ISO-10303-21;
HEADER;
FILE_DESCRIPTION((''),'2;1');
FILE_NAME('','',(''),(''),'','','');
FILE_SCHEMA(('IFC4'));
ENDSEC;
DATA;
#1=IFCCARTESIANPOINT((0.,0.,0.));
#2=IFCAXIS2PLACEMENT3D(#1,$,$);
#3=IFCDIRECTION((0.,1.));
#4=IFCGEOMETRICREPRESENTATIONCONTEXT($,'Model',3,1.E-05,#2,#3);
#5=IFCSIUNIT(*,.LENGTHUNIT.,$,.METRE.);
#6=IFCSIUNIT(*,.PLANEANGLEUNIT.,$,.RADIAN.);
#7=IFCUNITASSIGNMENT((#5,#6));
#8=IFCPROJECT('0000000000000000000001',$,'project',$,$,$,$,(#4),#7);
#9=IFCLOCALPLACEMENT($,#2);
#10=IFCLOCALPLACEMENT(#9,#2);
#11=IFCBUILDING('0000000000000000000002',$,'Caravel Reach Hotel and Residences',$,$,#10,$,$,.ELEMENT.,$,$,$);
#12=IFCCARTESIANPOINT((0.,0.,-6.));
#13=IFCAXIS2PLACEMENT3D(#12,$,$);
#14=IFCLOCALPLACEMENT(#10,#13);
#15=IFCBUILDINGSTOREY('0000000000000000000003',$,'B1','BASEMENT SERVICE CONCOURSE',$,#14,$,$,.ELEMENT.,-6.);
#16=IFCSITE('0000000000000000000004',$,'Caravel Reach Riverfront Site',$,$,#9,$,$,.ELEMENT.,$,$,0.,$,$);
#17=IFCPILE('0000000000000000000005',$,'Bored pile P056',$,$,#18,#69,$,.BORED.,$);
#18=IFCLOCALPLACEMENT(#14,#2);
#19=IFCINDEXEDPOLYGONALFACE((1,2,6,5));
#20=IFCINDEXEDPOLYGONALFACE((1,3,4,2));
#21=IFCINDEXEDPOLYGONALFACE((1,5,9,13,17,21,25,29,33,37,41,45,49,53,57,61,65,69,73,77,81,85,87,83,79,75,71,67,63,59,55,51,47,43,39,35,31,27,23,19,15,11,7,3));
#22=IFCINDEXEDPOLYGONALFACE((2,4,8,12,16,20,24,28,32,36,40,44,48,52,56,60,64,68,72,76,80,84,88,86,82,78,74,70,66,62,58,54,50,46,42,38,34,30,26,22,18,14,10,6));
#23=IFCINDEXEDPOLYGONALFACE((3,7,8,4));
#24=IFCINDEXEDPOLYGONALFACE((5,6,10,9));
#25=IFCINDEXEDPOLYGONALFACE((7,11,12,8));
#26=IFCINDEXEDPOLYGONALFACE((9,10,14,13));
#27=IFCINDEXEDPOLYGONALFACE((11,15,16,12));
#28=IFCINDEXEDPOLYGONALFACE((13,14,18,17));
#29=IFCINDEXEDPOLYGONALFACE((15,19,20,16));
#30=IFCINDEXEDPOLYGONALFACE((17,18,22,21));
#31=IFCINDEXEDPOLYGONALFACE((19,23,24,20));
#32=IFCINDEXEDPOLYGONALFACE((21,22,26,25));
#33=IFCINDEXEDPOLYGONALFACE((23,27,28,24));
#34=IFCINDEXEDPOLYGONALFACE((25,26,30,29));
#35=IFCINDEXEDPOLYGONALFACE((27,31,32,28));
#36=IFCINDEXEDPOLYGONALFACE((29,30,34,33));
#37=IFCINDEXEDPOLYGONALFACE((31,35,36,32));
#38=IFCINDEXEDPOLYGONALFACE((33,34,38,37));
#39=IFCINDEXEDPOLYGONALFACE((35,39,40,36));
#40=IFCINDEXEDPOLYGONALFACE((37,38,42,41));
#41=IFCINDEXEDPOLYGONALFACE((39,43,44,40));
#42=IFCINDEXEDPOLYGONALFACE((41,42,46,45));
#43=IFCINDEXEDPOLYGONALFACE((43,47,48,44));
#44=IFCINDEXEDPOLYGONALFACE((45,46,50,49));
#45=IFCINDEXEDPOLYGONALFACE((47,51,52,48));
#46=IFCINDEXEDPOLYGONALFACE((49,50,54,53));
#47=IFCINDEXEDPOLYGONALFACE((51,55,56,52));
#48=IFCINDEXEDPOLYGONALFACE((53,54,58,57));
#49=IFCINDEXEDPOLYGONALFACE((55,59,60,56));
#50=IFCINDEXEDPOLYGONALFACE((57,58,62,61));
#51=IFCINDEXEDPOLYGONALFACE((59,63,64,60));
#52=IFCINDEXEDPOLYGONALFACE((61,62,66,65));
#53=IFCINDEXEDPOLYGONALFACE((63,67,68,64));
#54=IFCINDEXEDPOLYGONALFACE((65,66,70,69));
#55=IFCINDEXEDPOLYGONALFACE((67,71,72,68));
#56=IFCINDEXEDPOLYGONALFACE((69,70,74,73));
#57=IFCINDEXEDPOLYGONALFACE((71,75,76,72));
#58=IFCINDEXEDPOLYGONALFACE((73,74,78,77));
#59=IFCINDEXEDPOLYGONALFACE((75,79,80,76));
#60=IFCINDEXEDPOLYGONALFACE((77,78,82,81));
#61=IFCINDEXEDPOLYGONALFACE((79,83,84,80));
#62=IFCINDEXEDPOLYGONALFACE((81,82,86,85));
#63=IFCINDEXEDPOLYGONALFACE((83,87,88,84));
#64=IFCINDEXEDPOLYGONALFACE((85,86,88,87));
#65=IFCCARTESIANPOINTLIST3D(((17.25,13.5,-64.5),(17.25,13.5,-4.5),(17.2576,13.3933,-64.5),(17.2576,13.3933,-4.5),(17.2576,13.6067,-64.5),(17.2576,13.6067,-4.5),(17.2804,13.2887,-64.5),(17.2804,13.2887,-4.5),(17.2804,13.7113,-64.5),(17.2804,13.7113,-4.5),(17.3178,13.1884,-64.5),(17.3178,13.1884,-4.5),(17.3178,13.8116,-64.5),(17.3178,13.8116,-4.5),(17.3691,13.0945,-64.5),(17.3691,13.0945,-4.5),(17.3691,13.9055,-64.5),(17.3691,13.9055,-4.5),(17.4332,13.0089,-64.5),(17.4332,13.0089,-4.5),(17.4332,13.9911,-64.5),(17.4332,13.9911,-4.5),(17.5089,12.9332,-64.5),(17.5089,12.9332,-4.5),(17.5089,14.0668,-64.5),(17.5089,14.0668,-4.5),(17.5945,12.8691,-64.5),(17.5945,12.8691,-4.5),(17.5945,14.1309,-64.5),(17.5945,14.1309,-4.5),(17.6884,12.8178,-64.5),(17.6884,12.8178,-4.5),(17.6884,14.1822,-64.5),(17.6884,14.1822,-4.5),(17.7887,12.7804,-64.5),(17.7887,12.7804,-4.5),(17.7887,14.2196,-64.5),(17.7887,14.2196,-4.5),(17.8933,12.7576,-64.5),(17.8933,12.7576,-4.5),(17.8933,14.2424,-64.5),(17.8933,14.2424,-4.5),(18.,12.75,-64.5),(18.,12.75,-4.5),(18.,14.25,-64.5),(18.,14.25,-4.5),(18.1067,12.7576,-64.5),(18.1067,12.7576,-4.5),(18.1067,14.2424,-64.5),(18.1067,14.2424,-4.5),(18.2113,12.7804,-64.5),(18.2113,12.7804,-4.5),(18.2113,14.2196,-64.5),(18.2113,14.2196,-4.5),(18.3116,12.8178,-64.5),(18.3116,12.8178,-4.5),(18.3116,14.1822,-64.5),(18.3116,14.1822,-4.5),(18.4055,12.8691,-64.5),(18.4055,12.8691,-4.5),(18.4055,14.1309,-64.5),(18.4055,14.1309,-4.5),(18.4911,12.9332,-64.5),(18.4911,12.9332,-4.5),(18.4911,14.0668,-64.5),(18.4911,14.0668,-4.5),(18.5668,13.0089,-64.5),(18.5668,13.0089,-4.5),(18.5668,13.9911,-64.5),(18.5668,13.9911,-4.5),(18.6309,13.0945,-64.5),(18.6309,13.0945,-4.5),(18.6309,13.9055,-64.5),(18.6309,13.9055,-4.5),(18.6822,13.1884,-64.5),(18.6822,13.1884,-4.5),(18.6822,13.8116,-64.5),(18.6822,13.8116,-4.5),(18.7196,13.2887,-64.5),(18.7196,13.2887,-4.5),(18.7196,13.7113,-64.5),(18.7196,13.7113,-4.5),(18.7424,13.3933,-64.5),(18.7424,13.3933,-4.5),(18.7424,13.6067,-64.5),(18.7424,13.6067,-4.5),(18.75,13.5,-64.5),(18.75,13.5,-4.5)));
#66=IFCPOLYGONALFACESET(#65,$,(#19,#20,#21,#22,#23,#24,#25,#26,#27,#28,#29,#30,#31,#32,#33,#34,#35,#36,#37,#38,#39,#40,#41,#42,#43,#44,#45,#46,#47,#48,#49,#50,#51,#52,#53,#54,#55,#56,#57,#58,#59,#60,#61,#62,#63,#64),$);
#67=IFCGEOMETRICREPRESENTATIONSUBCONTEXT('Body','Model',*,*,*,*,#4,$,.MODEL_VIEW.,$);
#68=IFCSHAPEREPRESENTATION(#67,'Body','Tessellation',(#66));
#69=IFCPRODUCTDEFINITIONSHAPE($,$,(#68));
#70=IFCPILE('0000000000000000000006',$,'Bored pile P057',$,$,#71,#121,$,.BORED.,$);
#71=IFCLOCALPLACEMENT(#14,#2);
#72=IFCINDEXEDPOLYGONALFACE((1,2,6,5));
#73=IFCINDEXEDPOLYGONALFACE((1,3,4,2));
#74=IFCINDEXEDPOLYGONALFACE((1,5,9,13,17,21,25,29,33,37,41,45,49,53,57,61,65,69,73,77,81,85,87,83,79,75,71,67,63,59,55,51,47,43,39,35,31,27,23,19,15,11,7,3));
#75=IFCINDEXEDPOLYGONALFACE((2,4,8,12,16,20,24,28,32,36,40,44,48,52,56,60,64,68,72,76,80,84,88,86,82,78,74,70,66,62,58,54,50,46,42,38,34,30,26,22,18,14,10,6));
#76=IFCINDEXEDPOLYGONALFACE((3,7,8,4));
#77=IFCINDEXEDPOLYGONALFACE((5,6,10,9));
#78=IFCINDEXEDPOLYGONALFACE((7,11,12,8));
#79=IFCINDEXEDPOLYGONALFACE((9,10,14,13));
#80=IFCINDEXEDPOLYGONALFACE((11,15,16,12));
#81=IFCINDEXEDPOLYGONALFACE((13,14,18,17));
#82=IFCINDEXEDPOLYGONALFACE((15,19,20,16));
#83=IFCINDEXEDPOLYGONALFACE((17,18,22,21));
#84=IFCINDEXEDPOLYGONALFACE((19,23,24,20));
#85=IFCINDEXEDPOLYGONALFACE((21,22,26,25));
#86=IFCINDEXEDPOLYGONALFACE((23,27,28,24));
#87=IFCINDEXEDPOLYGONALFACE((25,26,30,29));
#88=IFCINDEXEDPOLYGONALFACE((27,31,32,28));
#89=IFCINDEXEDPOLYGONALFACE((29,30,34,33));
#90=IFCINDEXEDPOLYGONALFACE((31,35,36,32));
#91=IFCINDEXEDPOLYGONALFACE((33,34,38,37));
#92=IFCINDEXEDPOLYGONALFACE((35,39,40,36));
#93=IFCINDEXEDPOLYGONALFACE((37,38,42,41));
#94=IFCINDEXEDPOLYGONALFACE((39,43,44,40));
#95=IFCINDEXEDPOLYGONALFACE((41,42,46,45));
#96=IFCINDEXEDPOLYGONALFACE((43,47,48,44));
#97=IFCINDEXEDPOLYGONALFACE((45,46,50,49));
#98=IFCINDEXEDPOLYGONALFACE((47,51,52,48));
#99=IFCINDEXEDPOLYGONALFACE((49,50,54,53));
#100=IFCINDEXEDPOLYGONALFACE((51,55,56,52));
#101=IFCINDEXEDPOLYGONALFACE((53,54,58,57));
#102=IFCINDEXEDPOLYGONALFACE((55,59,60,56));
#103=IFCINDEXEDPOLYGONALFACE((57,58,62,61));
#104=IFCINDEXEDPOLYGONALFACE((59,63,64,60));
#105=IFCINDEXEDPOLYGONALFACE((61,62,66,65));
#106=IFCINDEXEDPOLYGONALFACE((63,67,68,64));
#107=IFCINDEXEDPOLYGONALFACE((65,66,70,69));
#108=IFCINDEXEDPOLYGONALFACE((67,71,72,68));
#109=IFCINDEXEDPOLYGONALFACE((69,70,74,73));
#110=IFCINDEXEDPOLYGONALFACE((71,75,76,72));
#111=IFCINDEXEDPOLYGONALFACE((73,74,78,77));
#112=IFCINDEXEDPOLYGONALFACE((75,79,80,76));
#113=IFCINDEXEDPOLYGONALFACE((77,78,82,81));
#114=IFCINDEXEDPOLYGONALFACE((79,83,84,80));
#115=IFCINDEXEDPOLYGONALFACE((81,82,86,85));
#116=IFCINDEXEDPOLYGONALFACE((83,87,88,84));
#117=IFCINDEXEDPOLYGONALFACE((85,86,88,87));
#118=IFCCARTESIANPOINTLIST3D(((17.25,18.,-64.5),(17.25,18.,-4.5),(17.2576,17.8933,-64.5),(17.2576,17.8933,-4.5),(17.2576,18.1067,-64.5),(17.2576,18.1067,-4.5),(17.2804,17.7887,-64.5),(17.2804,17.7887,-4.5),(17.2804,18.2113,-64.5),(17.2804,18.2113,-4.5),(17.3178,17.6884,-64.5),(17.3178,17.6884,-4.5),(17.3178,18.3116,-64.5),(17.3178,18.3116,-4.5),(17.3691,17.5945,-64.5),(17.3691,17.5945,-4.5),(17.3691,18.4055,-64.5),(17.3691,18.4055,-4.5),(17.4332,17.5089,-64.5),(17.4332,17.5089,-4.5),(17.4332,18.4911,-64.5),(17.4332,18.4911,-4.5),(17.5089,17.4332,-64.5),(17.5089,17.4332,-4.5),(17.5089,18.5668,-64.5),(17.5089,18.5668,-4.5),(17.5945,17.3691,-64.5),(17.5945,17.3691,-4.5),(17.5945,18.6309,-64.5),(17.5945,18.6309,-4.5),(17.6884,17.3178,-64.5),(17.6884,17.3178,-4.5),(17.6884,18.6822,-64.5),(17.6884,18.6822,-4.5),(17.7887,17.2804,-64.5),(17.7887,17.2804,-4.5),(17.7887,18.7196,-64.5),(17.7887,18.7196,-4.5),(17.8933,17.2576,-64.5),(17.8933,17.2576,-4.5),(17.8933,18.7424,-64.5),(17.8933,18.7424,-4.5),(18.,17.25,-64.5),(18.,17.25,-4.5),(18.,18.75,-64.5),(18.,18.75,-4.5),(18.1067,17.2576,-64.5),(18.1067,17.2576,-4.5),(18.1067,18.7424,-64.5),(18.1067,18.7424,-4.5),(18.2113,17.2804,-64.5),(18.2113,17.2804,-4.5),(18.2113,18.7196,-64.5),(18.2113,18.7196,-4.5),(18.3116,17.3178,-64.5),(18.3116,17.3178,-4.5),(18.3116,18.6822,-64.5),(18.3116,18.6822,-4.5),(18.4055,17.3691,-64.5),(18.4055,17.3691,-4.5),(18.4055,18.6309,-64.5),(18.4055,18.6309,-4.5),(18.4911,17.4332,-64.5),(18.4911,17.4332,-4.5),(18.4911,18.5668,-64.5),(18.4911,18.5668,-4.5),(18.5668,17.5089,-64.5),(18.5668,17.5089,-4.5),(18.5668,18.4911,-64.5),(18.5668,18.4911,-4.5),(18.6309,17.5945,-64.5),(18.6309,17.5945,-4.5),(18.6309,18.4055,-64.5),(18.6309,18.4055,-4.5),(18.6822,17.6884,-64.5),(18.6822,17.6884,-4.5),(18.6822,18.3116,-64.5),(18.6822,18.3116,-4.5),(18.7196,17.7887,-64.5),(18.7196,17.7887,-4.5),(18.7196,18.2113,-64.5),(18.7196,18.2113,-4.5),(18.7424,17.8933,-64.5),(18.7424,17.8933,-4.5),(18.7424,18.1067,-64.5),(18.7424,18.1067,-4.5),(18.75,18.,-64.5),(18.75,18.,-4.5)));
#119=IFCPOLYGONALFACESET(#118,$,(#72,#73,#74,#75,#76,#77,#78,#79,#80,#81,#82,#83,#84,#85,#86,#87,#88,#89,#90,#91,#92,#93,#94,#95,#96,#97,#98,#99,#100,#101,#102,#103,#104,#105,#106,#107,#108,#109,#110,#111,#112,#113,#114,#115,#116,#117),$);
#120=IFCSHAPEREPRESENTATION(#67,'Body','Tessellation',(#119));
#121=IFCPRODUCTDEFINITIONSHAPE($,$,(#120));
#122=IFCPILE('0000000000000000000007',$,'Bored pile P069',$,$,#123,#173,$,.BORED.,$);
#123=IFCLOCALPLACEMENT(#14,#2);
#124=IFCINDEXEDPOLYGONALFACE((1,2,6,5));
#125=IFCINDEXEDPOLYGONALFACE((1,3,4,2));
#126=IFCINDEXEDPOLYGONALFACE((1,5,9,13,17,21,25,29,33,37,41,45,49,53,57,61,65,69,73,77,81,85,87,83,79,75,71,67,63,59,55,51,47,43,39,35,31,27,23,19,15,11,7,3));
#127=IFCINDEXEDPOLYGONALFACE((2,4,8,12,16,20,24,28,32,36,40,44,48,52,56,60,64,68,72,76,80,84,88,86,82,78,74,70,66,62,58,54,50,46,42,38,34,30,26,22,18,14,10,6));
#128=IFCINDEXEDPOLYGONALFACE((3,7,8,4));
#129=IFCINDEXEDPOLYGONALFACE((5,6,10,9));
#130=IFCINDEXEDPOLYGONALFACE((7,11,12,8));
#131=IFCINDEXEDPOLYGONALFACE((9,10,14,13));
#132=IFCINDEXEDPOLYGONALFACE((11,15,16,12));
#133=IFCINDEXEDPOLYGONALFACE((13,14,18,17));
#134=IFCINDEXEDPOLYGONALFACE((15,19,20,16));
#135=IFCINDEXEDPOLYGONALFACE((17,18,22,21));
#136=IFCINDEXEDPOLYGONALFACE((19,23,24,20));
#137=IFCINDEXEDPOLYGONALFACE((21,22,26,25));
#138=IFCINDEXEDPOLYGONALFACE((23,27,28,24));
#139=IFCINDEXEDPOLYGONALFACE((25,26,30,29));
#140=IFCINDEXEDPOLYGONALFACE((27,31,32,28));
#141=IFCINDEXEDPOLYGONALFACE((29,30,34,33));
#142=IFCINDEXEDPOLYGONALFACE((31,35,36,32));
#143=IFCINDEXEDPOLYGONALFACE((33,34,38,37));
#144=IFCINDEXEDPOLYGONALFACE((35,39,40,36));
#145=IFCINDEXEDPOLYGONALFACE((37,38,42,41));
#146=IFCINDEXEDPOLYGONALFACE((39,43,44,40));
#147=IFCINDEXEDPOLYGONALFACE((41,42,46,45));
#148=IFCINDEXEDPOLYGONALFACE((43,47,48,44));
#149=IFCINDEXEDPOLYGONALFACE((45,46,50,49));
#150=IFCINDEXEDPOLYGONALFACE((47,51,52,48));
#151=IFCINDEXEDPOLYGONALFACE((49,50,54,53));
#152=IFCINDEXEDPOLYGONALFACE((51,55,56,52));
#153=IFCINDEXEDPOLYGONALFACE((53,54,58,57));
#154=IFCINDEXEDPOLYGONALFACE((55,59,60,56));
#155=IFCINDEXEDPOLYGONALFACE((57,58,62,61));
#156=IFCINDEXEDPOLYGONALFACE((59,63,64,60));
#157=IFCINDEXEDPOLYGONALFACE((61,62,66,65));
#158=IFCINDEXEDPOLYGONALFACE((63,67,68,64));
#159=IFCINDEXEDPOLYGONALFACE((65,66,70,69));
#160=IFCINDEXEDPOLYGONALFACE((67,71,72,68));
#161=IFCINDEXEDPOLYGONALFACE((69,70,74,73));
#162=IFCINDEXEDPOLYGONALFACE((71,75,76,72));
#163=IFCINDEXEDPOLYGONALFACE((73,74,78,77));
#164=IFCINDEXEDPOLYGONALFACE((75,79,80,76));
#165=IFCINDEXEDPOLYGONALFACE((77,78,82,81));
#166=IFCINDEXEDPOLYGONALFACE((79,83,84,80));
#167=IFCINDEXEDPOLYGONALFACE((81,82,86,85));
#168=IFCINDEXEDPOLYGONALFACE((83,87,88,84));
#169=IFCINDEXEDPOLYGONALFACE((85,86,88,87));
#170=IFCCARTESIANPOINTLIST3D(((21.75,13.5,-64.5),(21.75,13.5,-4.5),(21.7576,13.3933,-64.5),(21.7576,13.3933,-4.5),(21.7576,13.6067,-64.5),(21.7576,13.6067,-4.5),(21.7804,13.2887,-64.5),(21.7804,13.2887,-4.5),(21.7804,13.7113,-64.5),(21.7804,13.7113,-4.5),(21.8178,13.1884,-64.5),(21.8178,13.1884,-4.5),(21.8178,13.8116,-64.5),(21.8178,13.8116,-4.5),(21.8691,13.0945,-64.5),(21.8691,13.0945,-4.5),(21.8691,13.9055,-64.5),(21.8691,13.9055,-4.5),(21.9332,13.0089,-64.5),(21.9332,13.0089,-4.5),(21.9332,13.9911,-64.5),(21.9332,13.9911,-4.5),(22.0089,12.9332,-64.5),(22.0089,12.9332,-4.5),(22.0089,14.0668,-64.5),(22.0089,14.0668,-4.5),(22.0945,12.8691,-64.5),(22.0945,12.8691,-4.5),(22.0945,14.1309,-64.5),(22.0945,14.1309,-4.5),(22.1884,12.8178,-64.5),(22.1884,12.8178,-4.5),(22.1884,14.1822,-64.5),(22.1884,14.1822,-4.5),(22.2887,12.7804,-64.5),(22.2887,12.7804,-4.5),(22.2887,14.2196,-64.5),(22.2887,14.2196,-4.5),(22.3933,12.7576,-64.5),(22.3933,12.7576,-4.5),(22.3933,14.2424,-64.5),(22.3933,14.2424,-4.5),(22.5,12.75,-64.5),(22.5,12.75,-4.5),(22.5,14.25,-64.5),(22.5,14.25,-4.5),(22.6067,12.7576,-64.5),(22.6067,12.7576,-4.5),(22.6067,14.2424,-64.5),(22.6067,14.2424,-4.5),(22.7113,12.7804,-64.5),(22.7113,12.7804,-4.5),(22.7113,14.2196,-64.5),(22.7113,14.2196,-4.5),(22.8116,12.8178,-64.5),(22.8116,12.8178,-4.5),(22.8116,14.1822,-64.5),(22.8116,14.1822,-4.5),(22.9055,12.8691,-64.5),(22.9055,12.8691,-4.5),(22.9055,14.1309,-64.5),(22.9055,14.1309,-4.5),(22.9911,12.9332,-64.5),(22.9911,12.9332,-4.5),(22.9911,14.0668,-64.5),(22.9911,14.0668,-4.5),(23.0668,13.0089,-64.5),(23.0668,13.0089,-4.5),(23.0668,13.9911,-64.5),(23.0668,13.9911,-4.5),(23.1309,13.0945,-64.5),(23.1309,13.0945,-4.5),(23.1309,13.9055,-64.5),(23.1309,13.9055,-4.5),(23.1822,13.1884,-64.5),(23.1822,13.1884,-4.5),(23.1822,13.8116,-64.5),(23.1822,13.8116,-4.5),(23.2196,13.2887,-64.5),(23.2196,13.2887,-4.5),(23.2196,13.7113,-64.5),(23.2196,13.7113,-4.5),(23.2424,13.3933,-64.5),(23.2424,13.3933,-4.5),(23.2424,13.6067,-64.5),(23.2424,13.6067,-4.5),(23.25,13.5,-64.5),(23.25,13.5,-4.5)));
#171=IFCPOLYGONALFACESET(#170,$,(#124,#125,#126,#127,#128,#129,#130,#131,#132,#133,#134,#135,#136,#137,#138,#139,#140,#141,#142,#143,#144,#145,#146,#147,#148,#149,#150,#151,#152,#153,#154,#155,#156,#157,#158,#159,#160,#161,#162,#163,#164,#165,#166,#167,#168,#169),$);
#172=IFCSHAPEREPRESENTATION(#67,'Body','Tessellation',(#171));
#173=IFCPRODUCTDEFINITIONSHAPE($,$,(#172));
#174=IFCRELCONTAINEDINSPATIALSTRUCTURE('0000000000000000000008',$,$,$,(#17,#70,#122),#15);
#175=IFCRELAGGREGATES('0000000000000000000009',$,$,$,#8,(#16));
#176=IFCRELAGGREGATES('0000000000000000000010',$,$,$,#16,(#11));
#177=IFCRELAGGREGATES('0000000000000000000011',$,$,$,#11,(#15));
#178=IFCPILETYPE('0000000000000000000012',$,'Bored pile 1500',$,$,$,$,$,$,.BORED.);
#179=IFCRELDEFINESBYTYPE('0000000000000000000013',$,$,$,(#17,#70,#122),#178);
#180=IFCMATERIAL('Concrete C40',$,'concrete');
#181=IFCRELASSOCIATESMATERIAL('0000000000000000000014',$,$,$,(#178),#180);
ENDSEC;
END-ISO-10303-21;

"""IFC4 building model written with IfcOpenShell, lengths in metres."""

from ifc_helpers import new_model, si_unit, direction, frame, origin, origin_2d, place, context, subcontext, project, spatial, circle, extrude, material, material_profile, profile_set, type_object, element, save


model = new_model("IFC4")

# Units and contexts
model_context = context("Model", 3, precision=1e-05, world=origin(), true_north=direction((0.0, 1.0)))
body_context = subcontext(model_context, "Body", "Model", "MODEL_VIEW")
ifc_project = project(units=[si_unit("LENGTHUNIT", "METRE"), si_unit("PLANEANGLEUNIT", "RADIAN")], contexts=[model_context])

# Site, building, storey
site_placement = place(None, origin())
site = spatial("IfcSite", under=ifc_project, at=site_placement, Name="Caravel Reach Riverfront Site", CompositionType="ELEMENT", RefElevation=0.0)
building_placement = place(site_placement, origin())
building = spatial("IfcBuilding", under=site, at=building_placement, Name="Caravel Reach Hotel and Residences", CompositionType="ELEMENT")
storey_placement = place(building_placement, frame((0.0, 0.0, -6.0)))
storey = spatial("IfcBuildingStorey", under=building, at=storey_placement, Name="B1", Description="BASEMENT SERVICE CONCOURSE", CompositionType="ELEMENT", Elevation=-6.0)

# Piles
ifc_material_1 = material(Name="Concrete C40", Category="concrete")
ifc_material_profile_1 = material_profile(ifc_material_1, circle(Radius=0.75, at=origin_2d()), Name="PILE 1500")
ifc_profile_set_1 = profile_set([ifc_material_profile_1], Name="Concrete C40")
pile_type_1 = type_object("IfcPileType", Name="Bored pile 1500", PredefinedType="BORED", material=ifc_profile_set_1)
for number, where, z_axis, x_axis, name in (
    (1, (18.0, 13.5, -4.5), (0.0, 0.0, -1.0), (1.0, 0.0, 0.0), "Bored pile P056"),
    (2, (18.0, 18.0, -4.5), (0.0, 0.0, -1.0), (1.0, 0.0, 0.0), "Bored pile P057"),
    (3, (22.5, 13.5, -4.5), (0.0, 0.0, -1.0), (1.0, 0.0, 0.0), "Bored pile P069"),
):
    element("IfcPile", number, at=place(storey_placement, frame(where, z_axis=z_axis, x_axis=x_axis)), inside=storey, type_object=pile_type_1, Name=name, PredefinedType="BORED", context=body_context, shape_type="SweptSolid", body=[
        extrude(circle(Radius=0.75, at=origin_2d()), origin(), (0.0, 0.0, 1.0), 60.0),
    ])

save(model, "model.ifc")
